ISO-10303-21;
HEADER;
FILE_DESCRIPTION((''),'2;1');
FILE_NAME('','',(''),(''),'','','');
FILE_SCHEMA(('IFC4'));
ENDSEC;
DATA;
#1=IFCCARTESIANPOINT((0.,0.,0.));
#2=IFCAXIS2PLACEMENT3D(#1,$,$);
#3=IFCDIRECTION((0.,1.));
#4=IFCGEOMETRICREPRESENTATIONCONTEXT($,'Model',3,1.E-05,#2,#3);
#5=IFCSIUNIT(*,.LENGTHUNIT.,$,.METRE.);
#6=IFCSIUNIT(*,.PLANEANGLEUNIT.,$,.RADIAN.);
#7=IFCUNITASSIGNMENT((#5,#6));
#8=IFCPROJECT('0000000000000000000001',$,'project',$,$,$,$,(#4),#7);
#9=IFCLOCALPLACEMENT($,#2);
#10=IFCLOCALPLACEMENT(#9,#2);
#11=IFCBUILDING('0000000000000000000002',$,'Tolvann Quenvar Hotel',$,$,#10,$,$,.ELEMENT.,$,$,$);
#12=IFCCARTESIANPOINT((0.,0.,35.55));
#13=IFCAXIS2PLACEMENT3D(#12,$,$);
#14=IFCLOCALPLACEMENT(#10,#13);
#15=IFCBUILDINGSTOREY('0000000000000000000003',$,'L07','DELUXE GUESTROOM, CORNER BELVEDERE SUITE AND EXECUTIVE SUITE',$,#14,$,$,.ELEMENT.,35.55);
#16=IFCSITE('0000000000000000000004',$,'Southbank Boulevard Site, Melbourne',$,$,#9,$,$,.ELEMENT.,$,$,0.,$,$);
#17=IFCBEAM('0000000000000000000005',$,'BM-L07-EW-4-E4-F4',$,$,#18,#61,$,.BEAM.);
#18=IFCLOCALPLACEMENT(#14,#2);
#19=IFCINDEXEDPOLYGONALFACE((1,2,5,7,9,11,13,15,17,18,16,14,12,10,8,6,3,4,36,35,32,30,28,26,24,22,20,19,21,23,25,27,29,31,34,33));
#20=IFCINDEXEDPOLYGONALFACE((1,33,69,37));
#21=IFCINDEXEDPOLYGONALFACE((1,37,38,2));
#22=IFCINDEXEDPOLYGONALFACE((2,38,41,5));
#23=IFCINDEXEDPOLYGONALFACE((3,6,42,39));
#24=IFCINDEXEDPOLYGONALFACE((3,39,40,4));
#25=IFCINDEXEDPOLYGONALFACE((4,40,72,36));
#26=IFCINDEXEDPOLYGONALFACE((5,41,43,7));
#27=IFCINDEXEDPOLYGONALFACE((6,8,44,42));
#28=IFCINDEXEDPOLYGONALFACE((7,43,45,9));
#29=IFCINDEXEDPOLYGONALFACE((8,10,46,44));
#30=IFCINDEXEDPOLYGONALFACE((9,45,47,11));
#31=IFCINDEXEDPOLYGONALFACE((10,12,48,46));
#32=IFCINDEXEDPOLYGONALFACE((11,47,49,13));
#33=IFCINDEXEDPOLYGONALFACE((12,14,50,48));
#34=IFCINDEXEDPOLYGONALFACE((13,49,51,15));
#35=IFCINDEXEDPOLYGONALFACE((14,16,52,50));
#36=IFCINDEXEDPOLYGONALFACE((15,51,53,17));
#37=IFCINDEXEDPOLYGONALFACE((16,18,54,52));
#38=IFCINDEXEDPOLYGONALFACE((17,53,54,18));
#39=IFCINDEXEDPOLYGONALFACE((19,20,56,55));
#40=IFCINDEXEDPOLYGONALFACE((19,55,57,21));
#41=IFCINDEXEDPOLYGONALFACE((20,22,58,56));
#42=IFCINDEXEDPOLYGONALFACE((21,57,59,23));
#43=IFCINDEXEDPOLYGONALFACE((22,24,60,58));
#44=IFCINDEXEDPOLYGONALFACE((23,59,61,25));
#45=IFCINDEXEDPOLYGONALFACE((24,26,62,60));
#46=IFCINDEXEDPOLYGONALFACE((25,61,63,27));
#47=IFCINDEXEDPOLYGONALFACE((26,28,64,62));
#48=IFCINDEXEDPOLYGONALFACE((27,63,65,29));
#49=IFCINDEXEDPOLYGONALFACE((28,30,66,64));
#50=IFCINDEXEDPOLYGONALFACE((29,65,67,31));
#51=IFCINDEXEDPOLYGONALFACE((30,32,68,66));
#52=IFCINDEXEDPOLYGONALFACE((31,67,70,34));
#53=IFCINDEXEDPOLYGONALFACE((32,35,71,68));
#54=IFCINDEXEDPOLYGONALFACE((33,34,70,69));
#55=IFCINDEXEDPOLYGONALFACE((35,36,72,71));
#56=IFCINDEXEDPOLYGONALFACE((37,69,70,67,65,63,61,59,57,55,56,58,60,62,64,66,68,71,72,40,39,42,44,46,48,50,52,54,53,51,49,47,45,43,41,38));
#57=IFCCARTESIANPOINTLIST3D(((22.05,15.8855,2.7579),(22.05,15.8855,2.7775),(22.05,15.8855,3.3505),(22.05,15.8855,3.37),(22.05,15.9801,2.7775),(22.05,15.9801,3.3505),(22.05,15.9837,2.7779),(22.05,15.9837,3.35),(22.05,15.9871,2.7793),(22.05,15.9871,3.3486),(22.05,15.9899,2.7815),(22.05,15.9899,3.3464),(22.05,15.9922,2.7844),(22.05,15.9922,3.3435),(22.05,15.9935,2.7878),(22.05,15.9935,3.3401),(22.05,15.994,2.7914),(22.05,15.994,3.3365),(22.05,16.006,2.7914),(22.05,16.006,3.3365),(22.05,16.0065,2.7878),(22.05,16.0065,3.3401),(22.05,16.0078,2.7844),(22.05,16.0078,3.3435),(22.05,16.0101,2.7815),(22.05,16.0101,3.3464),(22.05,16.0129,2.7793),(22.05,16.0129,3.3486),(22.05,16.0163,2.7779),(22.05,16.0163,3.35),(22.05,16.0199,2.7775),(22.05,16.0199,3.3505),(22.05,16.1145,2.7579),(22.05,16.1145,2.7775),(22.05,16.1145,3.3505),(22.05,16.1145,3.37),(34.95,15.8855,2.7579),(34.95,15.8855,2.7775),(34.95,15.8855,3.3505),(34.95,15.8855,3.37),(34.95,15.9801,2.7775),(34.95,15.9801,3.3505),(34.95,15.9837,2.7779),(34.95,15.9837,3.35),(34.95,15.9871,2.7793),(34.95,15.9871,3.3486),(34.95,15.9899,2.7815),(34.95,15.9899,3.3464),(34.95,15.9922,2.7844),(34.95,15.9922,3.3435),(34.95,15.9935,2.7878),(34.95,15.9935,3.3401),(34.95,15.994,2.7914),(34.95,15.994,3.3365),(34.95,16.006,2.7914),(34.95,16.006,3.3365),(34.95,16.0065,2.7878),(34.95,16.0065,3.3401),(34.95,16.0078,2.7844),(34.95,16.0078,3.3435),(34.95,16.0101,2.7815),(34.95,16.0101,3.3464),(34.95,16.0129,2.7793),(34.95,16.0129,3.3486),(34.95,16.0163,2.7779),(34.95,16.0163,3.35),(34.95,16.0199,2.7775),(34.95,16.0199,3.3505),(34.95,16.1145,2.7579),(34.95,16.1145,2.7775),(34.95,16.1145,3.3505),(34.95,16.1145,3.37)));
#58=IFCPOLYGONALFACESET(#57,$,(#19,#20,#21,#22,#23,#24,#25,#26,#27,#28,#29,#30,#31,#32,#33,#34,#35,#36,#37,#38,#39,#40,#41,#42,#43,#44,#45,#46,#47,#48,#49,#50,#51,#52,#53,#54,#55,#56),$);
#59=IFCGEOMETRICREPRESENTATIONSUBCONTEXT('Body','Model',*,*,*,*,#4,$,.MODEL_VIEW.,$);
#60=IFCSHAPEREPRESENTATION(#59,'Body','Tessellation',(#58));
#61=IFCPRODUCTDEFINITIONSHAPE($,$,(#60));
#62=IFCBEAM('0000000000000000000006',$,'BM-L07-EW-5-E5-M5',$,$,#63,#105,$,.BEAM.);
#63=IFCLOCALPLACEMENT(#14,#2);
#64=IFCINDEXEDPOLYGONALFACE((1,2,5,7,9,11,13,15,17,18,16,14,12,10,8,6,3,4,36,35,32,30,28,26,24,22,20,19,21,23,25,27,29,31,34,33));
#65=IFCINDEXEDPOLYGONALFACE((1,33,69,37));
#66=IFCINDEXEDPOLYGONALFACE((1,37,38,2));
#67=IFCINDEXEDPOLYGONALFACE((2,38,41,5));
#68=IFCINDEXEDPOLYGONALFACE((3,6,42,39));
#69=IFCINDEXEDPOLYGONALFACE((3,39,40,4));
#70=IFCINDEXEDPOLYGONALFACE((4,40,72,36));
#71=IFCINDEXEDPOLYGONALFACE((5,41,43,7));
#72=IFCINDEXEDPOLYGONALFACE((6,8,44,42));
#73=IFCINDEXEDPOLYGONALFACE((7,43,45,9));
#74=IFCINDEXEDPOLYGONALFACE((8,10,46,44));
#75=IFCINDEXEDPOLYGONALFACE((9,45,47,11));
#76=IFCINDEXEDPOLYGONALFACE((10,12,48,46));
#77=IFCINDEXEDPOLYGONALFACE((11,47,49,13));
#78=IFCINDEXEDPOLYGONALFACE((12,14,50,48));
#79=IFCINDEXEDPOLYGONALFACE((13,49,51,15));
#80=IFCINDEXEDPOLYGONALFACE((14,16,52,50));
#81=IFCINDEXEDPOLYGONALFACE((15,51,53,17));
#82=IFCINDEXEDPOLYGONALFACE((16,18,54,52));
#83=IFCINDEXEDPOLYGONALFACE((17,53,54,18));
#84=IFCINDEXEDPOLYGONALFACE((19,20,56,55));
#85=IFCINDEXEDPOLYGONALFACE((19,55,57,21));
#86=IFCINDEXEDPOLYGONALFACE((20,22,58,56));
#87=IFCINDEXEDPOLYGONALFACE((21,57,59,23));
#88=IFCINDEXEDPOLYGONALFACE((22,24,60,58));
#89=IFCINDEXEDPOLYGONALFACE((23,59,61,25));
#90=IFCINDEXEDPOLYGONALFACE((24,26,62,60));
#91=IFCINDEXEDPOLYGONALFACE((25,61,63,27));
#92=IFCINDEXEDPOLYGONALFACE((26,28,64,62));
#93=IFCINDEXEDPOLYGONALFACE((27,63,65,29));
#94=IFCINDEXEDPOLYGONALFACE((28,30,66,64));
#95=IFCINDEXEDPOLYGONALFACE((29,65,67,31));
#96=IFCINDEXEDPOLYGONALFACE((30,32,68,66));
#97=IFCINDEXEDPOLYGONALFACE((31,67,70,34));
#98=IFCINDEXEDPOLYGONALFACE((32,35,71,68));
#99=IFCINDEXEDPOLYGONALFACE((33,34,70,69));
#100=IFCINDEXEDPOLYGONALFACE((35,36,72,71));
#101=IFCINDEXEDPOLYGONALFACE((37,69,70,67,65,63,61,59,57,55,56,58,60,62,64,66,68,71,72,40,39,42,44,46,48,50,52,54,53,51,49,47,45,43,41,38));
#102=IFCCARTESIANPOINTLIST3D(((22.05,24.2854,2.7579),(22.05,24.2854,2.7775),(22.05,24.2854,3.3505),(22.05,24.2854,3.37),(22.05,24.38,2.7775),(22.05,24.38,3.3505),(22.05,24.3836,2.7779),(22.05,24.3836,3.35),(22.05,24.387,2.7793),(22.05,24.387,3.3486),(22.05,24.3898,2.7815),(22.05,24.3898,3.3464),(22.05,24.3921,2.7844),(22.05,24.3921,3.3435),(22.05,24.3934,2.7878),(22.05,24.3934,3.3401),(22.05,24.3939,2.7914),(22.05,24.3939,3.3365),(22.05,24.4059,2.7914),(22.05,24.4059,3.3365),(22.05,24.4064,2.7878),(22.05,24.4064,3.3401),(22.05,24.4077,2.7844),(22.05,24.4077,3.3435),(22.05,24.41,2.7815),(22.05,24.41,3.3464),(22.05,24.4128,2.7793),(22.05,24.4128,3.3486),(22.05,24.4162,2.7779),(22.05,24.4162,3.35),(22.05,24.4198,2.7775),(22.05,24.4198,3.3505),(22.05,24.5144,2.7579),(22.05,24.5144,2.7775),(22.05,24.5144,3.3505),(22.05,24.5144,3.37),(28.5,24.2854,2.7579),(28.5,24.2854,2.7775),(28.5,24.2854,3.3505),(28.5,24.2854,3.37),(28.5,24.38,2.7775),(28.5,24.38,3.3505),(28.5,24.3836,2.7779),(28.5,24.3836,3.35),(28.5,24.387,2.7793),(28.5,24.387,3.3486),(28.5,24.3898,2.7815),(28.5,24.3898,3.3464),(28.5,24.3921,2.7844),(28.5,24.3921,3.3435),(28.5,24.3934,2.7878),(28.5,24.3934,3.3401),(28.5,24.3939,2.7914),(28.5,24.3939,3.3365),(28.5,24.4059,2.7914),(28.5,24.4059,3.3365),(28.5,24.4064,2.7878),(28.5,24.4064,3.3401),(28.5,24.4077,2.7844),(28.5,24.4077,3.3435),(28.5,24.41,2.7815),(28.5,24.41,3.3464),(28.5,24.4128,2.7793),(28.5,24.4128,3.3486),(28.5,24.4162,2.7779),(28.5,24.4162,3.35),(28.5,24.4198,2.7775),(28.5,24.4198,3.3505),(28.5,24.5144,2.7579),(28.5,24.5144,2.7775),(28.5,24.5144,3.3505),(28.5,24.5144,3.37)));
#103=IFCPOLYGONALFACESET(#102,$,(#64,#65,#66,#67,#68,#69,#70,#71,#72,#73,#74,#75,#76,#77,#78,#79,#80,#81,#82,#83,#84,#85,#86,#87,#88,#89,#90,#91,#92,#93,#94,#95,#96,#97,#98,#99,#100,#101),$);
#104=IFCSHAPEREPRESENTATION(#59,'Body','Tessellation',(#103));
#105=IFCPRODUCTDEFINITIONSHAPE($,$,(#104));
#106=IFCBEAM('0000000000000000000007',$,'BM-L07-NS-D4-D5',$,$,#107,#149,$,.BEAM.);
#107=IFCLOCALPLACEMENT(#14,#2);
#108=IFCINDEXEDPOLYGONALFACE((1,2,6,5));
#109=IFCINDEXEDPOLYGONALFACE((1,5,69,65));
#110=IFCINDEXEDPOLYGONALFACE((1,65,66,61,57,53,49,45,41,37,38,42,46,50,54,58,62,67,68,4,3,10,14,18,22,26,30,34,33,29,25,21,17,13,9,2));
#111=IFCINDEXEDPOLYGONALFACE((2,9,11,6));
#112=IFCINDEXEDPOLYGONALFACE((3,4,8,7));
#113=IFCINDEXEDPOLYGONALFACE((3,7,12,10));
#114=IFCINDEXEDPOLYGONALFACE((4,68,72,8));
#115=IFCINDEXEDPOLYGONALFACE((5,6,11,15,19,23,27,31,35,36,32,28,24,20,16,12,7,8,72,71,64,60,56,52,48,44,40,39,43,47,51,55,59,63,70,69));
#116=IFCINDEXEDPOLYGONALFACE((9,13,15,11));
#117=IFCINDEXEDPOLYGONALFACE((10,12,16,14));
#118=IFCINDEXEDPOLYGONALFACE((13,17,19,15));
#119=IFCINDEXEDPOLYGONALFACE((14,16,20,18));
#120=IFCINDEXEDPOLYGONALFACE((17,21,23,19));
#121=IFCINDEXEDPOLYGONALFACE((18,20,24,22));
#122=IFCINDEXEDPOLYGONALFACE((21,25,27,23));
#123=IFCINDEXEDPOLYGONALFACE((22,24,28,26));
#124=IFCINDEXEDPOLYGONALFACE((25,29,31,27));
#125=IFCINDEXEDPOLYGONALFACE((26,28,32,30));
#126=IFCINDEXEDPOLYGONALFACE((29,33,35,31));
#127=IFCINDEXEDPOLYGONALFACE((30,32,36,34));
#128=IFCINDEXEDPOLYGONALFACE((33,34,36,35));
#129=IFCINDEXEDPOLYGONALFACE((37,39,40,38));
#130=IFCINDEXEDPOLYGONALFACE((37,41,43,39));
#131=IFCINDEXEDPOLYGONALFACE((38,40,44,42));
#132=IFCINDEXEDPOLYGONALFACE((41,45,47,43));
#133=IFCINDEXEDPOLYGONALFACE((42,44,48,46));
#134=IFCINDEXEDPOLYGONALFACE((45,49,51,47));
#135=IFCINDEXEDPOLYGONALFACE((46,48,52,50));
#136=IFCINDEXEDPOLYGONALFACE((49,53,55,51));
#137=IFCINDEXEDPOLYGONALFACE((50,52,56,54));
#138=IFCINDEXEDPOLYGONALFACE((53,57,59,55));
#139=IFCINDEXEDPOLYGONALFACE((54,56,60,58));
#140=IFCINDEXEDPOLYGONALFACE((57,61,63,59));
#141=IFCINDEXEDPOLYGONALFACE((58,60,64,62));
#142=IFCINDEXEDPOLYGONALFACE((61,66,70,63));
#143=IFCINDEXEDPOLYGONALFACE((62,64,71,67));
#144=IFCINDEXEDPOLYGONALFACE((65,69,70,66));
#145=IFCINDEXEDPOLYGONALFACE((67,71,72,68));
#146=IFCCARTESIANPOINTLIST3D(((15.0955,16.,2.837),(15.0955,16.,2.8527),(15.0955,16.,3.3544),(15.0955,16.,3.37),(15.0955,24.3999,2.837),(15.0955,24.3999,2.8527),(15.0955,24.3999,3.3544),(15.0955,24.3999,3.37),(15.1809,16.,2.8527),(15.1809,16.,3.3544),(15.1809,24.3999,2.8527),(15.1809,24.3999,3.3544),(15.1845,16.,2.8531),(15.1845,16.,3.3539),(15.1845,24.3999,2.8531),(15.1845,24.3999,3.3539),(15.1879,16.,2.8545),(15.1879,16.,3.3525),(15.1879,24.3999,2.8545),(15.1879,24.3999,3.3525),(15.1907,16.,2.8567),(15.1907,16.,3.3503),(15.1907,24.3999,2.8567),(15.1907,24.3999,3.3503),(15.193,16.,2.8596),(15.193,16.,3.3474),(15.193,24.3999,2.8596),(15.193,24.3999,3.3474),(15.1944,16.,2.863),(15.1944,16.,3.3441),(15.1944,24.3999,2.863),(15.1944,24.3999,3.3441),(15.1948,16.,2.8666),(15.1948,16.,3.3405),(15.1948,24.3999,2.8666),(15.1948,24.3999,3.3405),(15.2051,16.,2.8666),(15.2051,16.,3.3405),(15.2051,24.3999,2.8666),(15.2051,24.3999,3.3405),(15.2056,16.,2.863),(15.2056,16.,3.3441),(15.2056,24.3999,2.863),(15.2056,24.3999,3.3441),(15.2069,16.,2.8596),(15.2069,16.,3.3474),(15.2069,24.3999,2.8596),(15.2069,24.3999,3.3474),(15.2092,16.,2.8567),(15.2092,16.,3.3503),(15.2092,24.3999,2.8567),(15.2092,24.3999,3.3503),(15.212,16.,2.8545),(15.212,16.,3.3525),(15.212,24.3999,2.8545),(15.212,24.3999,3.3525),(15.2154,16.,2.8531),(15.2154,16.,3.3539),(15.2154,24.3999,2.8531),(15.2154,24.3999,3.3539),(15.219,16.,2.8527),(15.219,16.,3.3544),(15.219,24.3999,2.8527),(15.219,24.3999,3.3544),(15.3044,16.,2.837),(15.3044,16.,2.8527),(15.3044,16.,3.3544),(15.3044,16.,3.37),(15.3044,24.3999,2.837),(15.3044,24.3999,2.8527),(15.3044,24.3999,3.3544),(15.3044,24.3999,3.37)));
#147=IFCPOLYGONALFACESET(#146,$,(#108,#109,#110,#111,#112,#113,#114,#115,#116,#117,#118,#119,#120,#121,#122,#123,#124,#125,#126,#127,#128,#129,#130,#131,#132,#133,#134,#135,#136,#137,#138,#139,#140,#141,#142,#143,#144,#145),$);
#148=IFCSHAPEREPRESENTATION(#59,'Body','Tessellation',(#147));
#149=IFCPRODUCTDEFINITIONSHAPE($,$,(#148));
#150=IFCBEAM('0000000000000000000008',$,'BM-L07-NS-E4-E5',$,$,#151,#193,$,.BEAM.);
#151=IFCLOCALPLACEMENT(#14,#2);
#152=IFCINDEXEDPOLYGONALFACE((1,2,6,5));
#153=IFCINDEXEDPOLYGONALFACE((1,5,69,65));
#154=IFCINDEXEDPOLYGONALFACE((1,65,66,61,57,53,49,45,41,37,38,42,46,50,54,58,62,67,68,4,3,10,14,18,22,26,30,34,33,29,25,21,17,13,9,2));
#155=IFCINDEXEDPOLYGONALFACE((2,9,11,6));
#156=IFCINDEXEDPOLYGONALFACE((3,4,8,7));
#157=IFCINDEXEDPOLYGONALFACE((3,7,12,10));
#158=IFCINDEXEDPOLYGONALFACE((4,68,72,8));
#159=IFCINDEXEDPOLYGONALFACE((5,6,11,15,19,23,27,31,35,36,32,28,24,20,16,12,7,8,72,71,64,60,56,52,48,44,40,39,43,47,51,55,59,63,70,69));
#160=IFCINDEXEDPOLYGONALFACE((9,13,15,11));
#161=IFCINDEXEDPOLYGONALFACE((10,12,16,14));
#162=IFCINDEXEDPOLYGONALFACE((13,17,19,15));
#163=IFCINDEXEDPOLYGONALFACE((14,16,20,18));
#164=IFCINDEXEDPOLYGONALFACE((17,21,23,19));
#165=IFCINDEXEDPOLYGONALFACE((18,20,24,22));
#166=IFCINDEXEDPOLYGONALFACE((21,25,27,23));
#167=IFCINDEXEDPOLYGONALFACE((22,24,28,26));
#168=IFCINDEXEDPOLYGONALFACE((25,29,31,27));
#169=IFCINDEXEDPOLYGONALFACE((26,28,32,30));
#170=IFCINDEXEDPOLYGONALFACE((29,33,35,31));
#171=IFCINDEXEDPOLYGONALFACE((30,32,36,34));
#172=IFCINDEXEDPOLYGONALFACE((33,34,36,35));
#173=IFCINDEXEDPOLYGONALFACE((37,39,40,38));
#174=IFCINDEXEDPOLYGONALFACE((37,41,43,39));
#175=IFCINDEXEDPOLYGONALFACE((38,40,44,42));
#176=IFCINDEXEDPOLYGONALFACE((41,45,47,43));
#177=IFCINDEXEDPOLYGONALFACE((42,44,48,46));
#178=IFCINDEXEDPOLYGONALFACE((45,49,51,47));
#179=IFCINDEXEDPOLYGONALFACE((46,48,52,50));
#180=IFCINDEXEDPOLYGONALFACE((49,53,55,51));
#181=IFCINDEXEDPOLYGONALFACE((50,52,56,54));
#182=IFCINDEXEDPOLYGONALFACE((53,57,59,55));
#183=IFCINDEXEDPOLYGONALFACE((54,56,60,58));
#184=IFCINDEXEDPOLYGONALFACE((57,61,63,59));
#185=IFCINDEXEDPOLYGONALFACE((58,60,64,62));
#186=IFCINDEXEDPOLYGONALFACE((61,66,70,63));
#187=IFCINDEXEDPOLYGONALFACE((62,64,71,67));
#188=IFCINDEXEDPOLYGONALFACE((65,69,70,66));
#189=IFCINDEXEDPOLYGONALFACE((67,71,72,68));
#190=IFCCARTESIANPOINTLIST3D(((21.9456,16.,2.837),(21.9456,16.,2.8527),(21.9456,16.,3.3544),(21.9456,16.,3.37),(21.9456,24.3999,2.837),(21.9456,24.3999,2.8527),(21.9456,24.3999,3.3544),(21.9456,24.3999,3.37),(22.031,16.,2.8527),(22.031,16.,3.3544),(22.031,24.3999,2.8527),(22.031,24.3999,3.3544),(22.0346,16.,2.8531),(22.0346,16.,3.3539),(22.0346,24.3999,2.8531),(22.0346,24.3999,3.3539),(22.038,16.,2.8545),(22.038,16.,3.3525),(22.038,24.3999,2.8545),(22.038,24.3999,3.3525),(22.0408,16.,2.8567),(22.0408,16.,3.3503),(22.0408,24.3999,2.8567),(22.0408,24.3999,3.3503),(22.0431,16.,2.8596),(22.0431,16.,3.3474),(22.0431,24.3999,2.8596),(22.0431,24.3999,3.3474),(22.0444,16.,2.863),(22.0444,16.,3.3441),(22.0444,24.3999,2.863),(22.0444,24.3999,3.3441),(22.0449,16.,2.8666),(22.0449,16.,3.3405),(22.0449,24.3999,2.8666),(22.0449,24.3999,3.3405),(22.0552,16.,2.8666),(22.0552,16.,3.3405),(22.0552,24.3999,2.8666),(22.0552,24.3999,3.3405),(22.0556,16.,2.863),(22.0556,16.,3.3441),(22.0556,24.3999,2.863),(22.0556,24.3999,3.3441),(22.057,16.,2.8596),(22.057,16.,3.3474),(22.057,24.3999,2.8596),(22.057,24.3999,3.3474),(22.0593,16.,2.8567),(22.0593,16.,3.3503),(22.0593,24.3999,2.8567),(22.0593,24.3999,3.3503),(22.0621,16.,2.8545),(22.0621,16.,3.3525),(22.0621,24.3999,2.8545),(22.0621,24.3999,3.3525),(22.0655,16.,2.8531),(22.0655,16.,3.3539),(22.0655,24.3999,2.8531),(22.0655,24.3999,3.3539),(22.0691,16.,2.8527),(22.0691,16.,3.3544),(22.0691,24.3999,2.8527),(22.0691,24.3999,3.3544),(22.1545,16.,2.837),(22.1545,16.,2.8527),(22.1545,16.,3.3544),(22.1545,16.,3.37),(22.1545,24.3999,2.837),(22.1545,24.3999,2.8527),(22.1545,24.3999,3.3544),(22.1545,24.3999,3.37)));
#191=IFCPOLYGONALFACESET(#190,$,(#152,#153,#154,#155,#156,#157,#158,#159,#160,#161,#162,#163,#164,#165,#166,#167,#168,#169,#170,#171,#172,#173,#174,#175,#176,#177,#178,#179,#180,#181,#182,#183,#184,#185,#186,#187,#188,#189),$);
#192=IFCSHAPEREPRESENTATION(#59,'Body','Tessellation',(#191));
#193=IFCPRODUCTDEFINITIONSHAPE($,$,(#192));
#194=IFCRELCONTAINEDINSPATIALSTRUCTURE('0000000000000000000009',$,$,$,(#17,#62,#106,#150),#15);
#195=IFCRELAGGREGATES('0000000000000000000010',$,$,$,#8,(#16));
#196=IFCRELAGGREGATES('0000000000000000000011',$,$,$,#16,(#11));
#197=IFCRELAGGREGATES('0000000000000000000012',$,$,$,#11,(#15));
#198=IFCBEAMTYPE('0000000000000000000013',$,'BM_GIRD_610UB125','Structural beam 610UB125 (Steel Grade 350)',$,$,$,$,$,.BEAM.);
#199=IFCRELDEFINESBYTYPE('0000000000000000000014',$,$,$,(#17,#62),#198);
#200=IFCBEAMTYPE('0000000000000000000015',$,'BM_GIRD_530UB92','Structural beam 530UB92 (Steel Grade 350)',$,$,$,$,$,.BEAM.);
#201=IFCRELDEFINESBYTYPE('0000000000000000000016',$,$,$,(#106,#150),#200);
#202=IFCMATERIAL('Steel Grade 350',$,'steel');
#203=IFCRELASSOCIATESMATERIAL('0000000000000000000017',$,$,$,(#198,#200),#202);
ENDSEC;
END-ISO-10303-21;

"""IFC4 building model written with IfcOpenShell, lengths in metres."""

from ifc_helpers import new_model, si_unit, direction, frame, origin, origin_2d, place, context, subcontext, project, spatial, i_section, extrude, source, transform, mapped, material, material_profile, profile_set, type_object, type_shapes, element, save


model = new_model("IFC4")

# Units and contexts
model_context = context("Model", 3, precision=1e-05, world=origin(), true_north=direction((0.0, 1.0)))
body_context = subcontext(model_context, "Body", "Model", "MODEL_VIEW")
ifc_project = project(units=[si_unit("LENGTHUNIT", "METRE"), si_unit("PLANEANGLEUNIT", "RADIAN")], contexts=[model_context])

# Site, building, storey
site_placement = place(None, origin())
site = spatial("IfcSite", under=ifc_project, at=site_placement, Name="Southbank Boulevard Site, Melbourne", CompositionType="ELEMENT", RefElevation=0.0)
building_placement = place(site_placement, origin())
building = spatial("IfcBuilding", under=site, at=building_placement, Name="Tolvann Quenvar Hotel", CompositionType="ELEMENT")
storey_placement = place(building_placement, frame((0.0, 0.0, 35.55)))
storey = spatial("IfcBuildingStorey", under=building, at=storey_placement, Name="L07", Description="DELUXE GUESTROOM, CORNER BELVEDERE SUITE AND EXECUTIVE SUITE", CompositionType="ELEMENT", Elevation=35.55)

# Shared definitions
ifc_material_1 = material(Name="Steel Grade 350", Category="steel")

# Beams
ifc_material_profile_1 = material_profile(ifc_material_1, i_section(OverallWidth=0.229, OverallDepth=0.6121, WebThickness=0.012, FlangeThickness=0.0195, FilletRadius=0.0139, at=origin_2d()), Name="610UB125")
ifc_profile_set_1 = profile_set([ifc_material_profile_1], Name="Steel Grade 350")
beam_type_1 = type_object("IfcBeamType", Name="BM_GIRD_610UB125", Description="Structural beam 610UB125 (Steel Grade 350)", PredefinedType="BEAM", material=ifc_profile_set_1)
shared_shape_1 = source(origin(), body_context, "Body", "SweptSolid", [
    extrude(i_section(OverallWidth=0.229, OverallDepth=0.6121, WebThickness=0.012, FlangeThickness=0.0195, FilletRadius=0.0139, at=origin_2d()), origin(), (0.0, 0.0, 1.0), 12.8999),
])
beam_1_placement = place(storey_placement, frame((22.05, 16.0, 3.064), z_axis=(1.0, 0.0, 0.0), x_axis=(0.0, 1.0, 0.0)))
element("IfcBeam", 1, at=beam_1_placement, inside=storey, type_object=beam_type_1, Name="BM-L07-EW-4-E4-F4", PredefinedType="BEAM", context=body_context, shape_type="MappedRepresentation", body=[
    mapped(shared_shape_1, transform((0.0, 0.0, 0.0), x_axis=(1.0, 0.0, 0.0), y_axis=(0.0, 1.0, 0.0), z_axis=(0.0, 0.0, 1.0), scale=1.0)),
])
shared_shape_2 = source(origin(), body_context, "Body", "SweptSolid", [
    extrude(i_section(OverallWidth=0.229, OverallDepth=0.6121, WebThickness=0.012, FlangeThickness=0.0195, FilletRadius=0.0139, at=origin_2d()), origin(), (0.0, 0.0, 1.0), 6.45),
])
beam_2_placement = place(storey_placement, frame((22.05, 24.3999, 3.064), z_axis=(1.0, 0.0, 0.0), x_axis=(0.0, 1.0, 0.0)))
element("IfcBeam", 2, at=beam_2_placement, inside=storey, type_object=beam_type_1, Name="BM-L07-EW-5-E5-M5", PredefinedType="BEAM", context=body_context, shape_type="MappedRepresentation", body=[
    mapped(shared_shape_2, transform((0.0, 0.0, 0.0), x_axis=(1.0, 0.0, 0.0), y_axis=(0.0, 1.0, 0.0), z_axis=(0.0, 0.0, 1.0), scale=1.0)),
])
ifc_material_profile_2 = material_profile(ifc_material_1, i_section(OverallWidth=0.209, OverallDepth=0.533, WebThickness=0.0103, FlangeThickness=0.0156, FilletRadius=0.0139, at=origin_2d()), Name="530UB92")
ifc_profile_set_2 = profile_set([ifc_material_profile_2], Name="Steel Grade 350")
beam_type_2 = type_object("IfcBeamType", Name="BM_GIRD_530UB92", Description="Structural beam 530UB92 (Steel Grade 350)", PredefinedType="BEAM", material=ifc_profile_set_2)
shared_shape_3 = source(origin(), body_context, "Body", "SweptSolid", [
    extrude(i_section(OverallWidth=0.209, OverallDepth=0.533, WebThickness=0.0103, FlangeThickness=0.0156, FilletRadius=0.0139, at=origin_2d()), origin(), (0.0, 0.0, 1.0), 8.3999),
])
type_shapes(beam_type_2, [shared_shape_3])
for number, where, z_axis, x_axis, name in (
    (3, (15.2, 16.0, 3.1035), (0.0, 1.0, 0.0), (-1.0, 0.0, 0.0), "BM-L07-NS-D4-D5"),
    (4, (22.05, 16.0, 3.1035), (0.0, 1.0, 0.0), (-1.0, 0.0, 0.0), "BM-L07-NS-E4-E5"),
):
    element("IfcBeam", number, at=place(storey_placement, frame(where, z_axis=z_axis, x_axis=x_axis)), inside=storey, type_object=beam_type_2, Name=name, PredefinedType="BEAM", context=body_context, shape_type="MappedRepresentation", body=[
        mapped(shared_shape_3, transform((0.0, 0.0, 0.0), x_axis=(1.0, 0.0, 0.0), y_axis=(0.0, 1.0, 0.0), z_axis=(0.0, 0.0, 1.0), scale=1.0)),
    ])

save(model, "model.ifc")
